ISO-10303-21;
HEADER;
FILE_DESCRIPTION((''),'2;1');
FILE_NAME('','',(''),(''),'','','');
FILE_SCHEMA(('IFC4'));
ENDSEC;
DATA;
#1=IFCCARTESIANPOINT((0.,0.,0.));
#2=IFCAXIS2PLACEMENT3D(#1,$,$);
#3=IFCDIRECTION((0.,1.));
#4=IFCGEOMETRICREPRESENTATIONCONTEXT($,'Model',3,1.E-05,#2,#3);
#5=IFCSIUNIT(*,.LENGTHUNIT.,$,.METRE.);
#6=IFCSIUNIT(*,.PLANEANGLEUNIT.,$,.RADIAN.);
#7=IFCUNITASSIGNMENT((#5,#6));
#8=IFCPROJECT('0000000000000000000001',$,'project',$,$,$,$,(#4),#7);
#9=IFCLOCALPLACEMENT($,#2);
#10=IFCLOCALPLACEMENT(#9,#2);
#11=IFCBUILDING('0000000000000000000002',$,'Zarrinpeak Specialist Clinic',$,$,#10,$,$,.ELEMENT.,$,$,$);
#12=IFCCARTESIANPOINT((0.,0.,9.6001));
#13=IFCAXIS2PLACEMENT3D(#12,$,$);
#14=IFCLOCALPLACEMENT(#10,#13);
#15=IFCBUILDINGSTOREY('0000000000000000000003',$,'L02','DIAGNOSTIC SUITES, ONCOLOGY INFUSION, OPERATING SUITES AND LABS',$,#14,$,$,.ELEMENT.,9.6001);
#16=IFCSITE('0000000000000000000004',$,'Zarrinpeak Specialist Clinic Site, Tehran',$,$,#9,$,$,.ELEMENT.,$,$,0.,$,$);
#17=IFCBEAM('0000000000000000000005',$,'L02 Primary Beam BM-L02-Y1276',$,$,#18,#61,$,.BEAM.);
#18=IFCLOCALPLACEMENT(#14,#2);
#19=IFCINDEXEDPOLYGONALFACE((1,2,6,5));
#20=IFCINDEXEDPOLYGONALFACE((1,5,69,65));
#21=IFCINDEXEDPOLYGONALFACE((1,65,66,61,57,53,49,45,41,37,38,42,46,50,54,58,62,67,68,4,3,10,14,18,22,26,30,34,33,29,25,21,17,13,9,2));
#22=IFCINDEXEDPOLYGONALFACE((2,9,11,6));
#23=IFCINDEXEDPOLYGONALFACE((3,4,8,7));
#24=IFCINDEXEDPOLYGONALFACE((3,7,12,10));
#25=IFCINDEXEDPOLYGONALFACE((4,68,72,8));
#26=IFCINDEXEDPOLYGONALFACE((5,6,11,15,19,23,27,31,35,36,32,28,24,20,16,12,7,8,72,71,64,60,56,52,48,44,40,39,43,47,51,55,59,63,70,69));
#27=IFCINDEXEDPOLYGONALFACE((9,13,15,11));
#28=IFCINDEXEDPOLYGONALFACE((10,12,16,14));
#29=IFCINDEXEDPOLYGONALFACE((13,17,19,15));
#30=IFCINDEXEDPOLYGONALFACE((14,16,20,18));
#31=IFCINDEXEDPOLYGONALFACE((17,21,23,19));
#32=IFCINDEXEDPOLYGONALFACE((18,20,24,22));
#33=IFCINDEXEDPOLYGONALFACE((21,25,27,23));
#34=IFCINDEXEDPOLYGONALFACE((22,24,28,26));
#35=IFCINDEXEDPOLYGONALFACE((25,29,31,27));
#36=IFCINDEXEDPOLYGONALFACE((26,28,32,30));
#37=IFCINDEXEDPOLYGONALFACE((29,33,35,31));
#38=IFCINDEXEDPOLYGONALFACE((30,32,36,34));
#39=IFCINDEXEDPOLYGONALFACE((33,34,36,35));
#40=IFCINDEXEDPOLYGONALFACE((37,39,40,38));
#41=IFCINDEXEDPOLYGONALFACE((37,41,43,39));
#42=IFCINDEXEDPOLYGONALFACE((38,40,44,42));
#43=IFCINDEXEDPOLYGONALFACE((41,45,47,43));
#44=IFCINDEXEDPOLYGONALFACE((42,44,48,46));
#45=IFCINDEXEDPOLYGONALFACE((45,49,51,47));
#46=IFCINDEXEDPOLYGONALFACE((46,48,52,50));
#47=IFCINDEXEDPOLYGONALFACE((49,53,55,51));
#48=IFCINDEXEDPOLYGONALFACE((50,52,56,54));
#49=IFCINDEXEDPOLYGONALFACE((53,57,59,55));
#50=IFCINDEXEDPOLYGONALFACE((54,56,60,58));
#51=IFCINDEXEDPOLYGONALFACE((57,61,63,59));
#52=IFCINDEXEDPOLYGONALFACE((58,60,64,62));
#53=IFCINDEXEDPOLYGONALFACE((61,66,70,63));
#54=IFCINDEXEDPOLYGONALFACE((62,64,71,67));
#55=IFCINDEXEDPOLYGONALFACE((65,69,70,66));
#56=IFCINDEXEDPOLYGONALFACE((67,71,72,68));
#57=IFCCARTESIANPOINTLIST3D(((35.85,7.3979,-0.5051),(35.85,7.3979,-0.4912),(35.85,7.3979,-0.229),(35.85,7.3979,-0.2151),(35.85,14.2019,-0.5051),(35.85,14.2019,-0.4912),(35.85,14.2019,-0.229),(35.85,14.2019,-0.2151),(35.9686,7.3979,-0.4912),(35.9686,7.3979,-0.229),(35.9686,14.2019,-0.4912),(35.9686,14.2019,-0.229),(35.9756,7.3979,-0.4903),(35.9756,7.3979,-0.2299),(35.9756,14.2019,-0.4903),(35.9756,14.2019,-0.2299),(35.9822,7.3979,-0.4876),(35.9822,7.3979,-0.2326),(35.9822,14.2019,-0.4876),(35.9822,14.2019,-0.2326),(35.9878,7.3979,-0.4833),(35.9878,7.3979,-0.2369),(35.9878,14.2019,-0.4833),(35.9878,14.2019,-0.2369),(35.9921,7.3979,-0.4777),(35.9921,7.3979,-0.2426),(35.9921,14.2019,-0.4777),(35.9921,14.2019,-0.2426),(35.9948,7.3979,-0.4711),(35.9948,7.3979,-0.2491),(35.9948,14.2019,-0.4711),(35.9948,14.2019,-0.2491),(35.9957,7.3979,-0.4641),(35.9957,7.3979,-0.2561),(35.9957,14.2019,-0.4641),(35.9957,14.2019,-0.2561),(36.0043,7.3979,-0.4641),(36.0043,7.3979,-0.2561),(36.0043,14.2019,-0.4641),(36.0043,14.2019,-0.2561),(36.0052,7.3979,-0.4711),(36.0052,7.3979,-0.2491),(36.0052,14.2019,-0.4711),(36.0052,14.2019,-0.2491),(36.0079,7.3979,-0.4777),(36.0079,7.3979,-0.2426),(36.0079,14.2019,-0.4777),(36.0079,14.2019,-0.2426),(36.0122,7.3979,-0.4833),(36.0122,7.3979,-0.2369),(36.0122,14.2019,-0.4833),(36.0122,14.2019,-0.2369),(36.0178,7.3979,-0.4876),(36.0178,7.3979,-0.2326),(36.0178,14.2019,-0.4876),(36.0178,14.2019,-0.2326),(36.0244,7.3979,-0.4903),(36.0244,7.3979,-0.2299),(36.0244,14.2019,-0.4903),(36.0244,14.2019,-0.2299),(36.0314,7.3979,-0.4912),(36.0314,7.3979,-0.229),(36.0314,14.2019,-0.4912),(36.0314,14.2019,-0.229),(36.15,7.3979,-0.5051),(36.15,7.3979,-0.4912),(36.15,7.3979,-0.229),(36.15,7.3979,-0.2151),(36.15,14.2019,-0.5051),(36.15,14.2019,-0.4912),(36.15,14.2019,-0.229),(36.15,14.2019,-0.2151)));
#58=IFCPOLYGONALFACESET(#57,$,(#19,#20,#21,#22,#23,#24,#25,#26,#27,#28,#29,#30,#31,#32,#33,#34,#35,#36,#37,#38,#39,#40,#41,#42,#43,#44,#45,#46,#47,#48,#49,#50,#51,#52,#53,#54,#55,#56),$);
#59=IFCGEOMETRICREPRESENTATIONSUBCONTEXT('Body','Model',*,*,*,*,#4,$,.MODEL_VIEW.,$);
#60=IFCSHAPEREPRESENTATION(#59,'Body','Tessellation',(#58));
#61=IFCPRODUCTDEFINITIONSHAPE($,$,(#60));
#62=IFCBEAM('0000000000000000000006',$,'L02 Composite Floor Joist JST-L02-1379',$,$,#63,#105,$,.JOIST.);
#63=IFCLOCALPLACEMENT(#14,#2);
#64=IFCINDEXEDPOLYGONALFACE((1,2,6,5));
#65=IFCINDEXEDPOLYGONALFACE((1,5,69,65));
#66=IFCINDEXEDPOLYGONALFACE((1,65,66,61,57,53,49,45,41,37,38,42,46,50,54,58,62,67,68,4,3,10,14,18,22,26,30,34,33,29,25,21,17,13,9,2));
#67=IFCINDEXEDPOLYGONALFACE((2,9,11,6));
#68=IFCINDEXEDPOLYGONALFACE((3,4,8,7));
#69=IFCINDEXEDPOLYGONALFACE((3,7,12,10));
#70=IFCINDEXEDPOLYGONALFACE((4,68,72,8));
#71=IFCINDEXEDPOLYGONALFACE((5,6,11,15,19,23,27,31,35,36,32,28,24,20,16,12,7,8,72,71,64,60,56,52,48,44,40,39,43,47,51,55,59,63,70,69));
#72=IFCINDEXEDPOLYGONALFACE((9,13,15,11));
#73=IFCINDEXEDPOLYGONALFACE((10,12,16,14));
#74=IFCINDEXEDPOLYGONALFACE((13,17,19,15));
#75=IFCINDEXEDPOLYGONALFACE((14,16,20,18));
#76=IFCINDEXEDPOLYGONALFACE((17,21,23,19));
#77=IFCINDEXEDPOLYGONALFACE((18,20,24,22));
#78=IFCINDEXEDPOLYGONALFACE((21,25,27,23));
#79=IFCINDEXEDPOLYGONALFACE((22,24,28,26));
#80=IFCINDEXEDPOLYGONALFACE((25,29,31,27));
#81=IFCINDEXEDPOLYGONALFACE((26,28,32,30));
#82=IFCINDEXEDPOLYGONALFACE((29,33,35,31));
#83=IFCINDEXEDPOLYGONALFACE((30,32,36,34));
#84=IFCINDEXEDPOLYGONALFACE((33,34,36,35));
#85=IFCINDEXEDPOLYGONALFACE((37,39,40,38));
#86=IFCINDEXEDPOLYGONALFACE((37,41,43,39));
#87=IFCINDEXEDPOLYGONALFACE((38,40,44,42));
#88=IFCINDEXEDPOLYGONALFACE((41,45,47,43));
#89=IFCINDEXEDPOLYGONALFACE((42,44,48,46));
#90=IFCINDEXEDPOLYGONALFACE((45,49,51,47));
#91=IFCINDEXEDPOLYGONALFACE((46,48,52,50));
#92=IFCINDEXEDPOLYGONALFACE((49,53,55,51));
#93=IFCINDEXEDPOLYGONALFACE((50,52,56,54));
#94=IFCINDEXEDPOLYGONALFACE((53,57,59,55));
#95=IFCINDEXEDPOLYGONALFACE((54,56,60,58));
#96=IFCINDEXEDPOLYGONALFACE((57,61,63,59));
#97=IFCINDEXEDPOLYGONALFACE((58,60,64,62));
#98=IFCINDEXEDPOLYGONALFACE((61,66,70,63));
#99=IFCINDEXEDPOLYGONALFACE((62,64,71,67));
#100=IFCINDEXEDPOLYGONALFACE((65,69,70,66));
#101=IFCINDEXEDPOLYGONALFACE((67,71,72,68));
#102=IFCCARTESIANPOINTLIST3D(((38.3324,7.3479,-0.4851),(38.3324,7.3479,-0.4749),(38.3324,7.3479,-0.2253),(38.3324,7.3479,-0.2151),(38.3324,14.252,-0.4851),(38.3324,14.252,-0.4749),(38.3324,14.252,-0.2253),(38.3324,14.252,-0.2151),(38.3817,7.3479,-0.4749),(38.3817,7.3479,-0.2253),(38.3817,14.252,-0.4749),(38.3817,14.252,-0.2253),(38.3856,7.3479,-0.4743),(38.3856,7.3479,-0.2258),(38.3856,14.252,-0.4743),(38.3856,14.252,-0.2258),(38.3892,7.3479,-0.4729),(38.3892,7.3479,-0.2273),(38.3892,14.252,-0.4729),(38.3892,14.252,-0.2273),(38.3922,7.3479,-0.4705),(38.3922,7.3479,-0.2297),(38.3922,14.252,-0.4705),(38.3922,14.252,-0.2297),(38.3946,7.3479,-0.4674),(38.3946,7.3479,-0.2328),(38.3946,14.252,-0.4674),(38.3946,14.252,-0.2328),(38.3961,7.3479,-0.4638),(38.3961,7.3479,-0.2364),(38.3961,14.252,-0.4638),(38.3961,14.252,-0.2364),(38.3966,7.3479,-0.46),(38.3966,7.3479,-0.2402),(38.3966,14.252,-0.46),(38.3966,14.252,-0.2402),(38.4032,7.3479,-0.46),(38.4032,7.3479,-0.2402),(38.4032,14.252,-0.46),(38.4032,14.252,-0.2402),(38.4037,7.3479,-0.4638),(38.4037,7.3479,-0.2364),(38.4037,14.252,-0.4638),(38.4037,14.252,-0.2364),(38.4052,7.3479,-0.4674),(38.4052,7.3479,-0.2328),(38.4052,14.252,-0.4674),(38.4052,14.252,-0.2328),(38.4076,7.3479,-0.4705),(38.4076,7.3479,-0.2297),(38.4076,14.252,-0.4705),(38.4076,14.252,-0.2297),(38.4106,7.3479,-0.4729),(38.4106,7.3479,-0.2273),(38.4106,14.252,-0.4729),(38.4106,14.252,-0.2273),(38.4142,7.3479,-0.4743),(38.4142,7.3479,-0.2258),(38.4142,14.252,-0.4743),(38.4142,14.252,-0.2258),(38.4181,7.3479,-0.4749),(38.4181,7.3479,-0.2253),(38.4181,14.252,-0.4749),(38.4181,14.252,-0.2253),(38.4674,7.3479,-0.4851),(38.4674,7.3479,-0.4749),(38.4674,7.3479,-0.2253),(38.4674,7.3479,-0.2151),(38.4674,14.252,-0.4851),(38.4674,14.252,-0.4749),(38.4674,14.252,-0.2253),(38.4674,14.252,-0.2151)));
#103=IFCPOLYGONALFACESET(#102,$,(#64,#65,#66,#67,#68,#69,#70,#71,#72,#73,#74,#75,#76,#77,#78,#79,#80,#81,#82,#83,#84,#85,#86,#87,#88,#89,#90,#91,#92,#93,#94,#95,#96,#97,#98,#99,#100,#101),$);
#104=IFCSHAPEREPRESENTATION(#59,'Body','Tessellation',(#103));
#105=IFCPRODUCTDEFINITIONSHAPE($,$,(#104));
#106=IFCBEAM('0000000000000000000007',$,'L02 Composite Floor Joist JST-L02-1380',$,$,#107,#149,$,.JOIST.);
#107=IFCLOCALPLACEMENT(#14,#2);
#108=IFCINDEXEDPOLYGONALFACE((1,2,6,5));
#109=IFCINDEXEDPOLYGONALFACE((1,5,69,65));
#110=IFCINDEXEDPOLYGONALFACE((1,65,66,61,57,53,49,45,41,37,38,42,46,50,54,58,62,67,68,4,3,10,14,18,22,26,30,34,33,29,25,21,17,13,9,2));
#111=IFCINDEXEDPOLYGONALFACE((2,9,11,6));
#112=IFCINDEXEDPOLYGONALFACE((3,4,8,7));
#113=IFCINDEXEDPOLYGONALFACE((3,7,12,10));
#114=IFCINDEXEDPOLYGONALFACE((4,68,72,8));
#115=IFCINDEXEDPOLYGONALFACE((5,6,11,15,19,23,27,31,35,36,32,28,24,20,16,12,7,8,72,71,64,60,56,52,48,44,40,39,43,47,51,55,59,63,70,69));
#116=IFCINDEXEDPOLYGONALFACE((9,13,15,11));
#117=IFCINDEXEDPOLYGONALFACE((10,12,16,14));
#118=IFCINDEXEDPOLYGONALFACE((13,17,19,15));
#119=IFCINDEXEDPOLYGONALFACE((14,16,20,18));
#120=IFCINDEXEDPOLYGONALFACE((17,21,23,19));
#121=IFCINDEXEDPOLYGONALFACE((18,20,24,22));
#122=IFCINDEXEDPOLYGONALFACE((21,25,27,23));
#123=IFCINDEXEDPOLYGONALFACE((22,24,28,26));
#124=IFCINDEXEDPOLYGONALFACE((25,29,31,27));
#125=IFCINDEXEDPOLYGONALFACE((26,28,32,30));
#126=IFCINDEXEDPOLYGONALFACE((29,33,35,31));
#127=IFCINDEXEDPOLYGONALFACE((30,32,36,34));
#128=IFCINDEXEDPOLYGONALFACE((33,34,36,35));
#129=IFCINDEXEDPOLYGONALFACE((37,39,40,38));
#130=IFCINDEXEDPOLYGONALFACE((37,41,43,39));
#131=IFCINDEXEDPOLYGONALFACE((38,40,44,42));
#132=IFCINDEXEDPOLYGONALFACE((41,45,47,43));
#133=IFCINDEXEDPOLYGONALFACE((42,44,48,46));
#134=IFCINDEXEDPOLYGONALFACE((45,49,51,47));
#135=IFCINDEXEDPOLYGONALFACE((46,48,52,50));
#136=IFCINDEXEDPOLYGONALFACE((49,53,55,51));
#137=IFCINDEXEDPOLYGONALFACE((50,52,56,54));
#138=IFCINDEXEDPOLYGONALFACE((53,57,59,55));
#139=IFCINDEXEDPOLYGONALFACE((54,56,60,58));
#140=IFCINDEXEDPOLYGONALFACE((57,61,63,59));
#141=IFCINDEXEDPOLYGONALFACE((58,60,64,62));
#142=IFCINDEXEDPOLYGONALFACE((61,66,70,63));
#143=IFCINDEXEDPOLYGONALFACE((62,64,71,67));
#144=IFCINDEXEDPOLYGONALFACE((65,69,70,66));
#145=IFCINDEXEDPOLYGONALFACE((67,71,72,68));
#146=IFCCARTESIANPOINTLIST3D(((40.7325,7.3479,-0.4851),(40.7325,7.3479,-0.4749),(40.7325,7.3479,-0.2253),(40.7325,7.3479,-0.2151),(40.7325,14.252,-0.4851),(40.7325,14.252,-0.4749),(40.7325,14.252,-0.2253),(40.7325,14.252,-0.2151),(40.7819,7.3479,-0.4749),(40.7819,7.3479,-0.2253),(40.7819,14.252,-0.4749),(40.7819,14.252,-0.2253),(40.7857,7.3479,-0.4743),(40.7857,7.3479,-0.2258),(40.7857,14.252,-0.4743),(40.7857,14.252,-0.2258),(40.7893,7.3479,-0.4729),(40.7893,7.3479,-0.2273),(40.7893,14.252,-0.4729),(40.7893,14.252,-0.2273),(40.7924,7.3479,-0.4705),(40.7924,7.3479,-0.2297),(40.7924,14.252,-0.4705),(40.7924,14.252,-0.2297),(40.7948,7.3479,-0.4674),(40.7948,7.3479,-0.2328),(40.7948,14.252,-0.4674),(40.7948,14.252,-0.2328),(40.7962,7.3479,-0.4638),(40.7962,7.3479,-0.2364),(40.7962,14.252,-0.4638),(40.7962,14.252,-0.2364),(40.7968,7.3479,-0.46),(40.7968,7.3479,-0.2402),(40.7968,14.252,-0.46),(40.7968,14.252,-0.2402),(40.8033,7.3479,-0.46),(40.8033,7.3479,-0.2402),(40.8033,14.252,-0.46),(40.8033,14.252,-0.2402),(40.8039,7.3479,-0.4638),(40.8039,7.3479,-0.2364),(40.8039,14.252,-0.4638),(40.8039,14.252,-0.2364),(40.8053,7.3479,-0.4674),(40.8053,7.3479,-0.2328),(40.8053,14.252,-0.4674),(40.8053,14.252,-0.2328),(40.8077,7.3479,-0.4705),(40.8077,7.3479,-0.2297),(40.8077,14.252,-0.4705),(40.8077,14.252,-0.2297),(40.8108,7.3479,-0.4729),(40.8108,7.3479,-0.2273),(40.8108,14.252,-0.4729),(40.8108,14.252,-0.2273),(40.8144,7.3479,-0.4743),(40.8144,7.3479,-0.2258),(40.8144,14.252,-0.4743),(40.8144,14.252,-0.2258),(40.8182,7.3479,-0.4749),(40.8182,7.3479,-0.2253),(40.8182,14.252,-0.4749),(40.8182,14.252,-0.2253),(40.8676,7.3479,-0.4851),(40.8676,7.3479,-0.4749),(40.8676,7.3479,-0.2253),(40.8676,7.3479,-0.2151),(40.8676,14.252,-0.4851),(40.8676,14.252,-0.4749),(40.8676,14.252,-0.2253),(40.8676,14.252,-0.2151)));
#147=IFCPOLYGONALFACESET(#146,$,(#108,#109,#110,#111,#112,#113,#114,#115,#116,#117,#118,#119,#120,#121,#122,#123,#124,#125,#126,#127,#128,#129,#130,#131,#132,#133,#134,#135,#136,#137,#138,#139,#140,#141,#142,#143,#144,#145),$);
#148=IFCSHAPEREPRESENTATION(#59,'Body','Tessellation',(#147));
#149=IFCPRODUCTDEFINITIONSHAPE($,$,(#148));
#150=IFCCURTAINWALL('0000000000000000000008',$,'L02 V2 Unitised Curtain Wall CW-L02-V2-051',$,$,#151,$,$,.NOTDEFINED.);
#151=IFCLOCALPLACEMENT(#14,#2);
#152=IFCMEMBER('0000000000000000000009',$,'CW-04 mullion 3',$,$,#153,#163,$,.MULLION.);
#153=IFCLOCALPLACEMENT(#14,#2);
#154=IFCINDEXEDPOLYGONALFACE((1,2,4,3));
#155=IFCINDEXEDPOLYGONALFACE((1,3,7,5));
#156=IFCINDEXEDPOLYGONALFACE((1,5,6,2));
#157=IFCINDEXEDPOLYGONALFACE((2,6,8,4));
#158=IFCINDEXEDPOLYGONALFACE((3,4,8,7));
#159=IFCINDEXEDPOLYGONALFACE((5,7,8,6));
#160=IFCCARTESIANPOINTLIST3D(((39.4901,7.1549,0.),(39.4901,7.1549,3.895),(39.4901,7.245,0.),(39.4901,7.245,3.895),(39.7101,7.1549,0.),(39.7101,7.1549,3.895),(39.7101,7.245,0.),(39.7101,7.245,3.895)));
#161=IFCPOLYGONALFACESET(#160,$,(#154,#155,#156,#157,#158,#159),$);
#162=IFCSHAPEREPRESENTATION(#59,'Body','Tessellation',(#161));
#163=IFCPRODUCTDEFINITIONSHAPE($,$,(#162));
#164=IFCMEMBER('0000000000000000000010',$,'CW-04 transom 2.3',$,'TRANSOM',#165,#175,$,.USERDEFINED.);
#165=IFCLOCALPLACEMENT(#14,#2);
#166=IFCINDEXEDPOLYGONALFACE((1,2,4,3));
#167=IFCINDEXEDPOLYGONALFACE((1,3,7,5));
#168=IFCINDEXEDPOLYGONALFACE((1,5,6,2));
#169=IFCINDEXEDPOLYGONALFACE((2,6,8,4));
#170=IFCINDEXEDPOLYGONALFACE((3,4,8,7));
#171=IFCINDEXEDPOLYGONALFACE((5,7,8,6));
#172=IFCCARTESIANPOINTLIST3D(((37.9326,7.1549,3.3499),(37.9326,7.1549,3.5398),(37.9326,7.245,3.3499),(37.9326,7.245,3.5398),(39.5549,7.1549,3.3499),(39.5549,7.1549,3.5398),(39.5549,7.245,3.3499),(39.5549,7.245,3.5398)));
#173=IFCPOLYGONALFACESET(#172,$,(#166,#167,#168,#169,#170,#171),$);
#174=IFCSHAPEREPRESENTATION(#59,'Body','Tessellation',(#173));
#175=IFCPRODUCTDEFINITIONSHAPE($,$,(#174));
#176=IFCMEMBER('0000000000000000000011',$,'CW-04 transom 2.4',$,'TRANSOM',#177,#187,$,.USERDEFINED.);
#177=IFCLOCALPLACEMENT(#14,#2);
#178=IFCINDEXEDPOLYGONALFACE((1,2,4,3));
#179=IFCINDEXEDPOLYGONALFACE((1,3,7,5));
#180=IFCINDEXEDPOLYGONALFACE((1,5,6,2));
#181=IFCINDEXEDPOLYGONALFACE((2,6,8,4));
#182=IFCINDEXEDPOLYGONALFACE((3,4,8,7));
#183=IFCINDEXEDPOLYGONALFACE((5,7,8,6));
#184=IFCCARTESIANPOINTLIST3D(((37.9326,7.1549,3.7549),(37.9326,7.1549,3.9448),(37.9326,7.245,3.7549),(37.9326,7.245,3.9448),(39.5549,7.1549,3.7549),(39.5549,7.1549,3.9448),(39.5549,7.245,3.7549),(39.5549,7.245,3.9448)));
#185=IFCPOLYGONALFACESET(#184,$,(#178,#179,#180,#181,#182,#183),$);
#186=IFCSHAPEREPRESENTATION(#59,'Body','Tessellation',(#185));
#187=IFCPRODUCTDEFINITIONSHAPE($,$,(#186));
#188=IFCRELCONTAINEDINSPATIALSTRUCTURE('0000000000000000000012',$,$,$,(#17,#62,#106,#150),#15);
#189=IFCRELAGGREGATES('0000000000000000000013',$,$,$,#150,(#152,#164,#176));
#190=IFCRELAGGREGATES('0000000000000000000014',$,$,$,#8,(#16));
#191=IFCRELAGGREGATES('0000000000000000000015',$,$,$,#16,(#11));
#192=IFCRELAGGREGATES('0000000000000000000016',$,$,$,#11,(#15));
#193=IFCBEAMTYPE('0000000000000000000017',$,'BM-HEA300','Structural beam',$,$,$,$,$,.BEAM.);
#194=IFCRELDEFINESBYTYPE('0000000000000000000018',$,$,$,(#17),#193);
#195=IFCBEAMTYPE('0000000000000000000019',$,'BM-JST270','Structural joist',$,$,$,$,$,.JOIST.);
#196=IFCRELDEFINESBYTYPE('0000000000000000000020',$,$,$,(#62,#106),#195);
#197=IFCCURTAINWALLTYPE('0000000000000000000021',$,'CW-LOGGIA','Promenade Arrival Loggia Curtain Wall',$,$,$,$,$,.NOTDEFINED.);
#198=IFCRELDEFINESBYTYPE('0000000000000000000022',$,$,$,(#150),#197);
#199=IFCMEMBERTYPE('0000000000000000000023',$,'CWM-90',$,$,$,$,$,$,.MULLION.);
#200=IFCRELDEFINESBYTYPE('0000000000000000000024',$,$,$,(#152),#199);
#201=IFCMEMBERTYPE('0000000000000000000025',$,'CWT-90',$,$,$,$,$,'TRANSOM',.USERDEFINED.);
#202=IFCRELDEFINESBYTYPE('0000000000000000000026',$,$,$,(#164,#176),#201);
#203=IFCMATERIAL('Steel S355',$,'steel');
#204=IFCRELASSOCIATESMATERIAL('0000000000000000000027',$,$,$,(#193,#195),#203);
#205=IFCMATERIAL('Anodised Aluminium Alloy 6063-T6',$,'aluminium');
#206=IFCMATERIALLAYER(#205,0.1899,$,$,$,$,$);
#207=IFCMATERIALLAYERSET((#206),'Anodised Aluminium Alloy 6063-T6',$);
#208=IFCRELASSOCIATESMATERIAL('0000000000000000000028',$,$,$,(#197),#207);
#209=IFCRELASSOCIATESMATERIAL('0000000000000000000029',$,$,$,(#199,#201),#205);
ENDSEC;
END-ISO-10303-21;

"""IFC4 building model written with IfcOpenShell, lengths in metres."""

from ifc_helpers import new_model, si_unit, direction, frame, origin, origin_2d, place, context, subcontext, project, spatial, rectangle, i_section, extrude, material, layer, layer_set, material_profile, profile_set, type_object, element, aggregate, save


model = new_model("IFC4")

# Units and contexts
model_context = context("Model", 3, precision=1e-05, world=origin(), true_north=direction((0.0, 1.0)))
body_context = subcontext(model_context, "Body", "Model", "MODEL_VIEW")
ifc_project = project(units=[si_unit("LENGTHUNIT", "METRE"), si_unit("PLANEANGLEUNIT", "RADIAN")], contexts=[model_context])

# Site, building, storey
site_placement = place(None, origin())
site = spatial("IfcSite", under=ifc_project, at=site_placement, Name="Zarrinpeak Specialist Clinic Site, Tehran", CompositionType="ELEMENT", RefElevation=0.0)
building_placement = place(site_placement, origin())
building = spatial("IfcBuilding", under=site, at=building_placement, Name="Zarrinpeak Specialist Clinic", CompositionType="ELEMENT")
storey_placement = place(building_placement, frame((0.0, 0.0, 9.6001)))
storey = spatial("IfcBuildingStorey", under=building, at=storey_placement, Name="L02", Description="DIAGNOSTIC SUITES, ONCOLOGY INFUSION, OPERATING SUITES AND LABS", CompositionType="ELEMENT", Elevation=9.6001)

# Beams
ifc_material_1 = material(Name="Steel S355", Category="steel")
ifc_material_profile_1 = material_profile(ifc_material_1, i_section(OverallWidth=0.3, OverallDepth=0.29, WebThickness=0.0085, FlangeThickness=0.0139, FilletRadius=0.0271, at=origin_2d()), Name="HEA 300")
ifc_profile_set_1 = profile_set([ifc_material_profile_1], Name="Steel S355")
beam_type_1 = type_object("IfcBeamType", Name="BM-HEA300", Description="Structural beam", PredefinedType="BEAM", material=ifc_profile_set_1)
beam_placement = place(storey_placement, frame((36.0, 7.3979, -0.3601), z_axis=(0.0, 1.0, 0.0), x_axis=(-1.0, 0.0, 0.0)))
element("IfcBeam", 1, at=beam_placement, inside=storey, type_object=beam_type_1, Name="L02 Primary Beam BM-L02-Y1276", PredefinedType="BEAM", context=body_context, shape_type="SweptSolid", body=[
    extrude(i_section(OverallWidth=0.3, OverallDepth=0.29, WebThickness=0.0085, FlangeThickness=0.0139, FilletRadius=0.0271, at=origin_2d()), origin(), (0.0, 0.0, 1.0), 6.804),
])
ifc_material_profile_2 = material_profile(ifc_material_1, i_section(OverallWidth=0.135, OverallDepth=0.27, WebThickness=0.0066, FlangeThickness=0.0103, FilletRadius=0.0149, at=origin_2d()), Name="IPE 270")
ifc_profile_set_2 = profile_set([ifc_material_profile_2], Name="Steel S355")
beam_type_2 = type_object("IfcBeamType", Name="BM-JST270", Description="Structural joist", PredefinedType="JOIST", material=ifc_profile_set_2)
for number, where, z_axis, x_axis, name in (
    (2, (38.3999, 7.3479, -0.3501), (0.0, 1.0, 0.0), (-1.0, 0.0, 0.0), "L02 Composite Floor Joist JST-L02-1379"),
    (3, (40.8, 7.3479, -0.3501), (0.0, 1.0, 0.0), (-1.0, 0.0, 0.0), "L02 Composite Floor Joist JST-L02-1380"),
):
    element("IfcBeam", number, at=place(storey_placement, frame(where, z_axis=z_axis, x_axis=x_axis)), inside=storey, type_object=beam_type_2, Name=name, PredefinedType="JOIST", context=body_context, shape_type="SweptSolid", body=[
        extrude(i_section(OverallWidth=0.135, OverallDepth=0.27, WebThickness=0.0066, FlangeThickness=0.0103, FilletRadius=0.0149, at=origin_2d()), origin(), (0.0, 0.0, 1.0), 6.9041),
    ])

# Curtain wall, members
ifc_material_2 = material(Name="Anodised Aluminium Alloy 6063-T6", Category="aluminium")
ifc_layer_1 = layer(ifc_material_2, 0.1899)
ifc_layer_set_1 = layer_set([ifc_layer_1], Name="Anodised Aluminium Alloy 6063-T6")
curtain_wall_type = type_object("IfcCurtainWallType", Name="CW-LOGGIA", Description="Promenade Arrival Loggia Curtain Wall", PredefinedType="NOTDEFINED", material=ifc_layer_set_1)
curtain_wall_placement = place(storey_placement, origin())
curtain_wall = element("IfcCurtainWall", 4, at=curtain_wall_placement, inside=storey, type_object=curtain_wall_type, Name="L02 V2 Unitised Curtain Wall CW-L02-V2-051", PredefinedType="NOTDEFINED")
ifc_material_profile_3 = material_profile(ifc_material_2, rectangle(XDim=0.0901, YDim=0.22, at=origin_2d()), Name="ALU 90x220")
ifc_profile_set_3 = profile_set([ifc_material_profile_3], Name="Anodised Aluminium Alloy 6063-T6")
member_type_1 = type_object("IfcMemberType", Name="CWM-90", PredefinedType="MULLION", material=ifc_profile_set_3)
member_1_placement = place(storey_placement, frame((39.6001, 7.2, 0.0), z_axis=(0.0, 0.0, 1.0), x_axis=(0.0, 1.0, 0.0)))
member_1 = element("IfcMember", 5, at=member_1_placement, type_object=member_type_1, Name="CW-04 mullion 3", PredefinedType="MULLION", context=body_context, shape_type="SweptSolid", body=[
    extrude(rectangle(XDim=0.0901, YDim=0.22, at=origin_2d()), origin(), (0.0, 0.0, 1.0), 3.895),
])
ifc_material_profile_4 = material_profile(ifc_material_2, rectangle(XDim=0.0901, YDim=0.1899, at=origin_2d()), Name="ALU 90x190")
ifc_profile_set_4 = profile_set([ifc_material_profile_4], Name="Anodised Aluminium Alloy 6063-T6")
member_type_2 = type_object("IfcMemberType", Name="CWT-90", ElementType="TRANSOM", PredefinedType="USERDEFINED", material=ifc_profile_set_4)
member_2_placement = place(storey_placement, frame((37.9326, 7.2, 3.4448), z_axis=(1.0, 0.0, 0.0), x_axis=(0.0, 1.0, 0.0)))
member_2 = element("IfcMember", 6, at=member_2_placement, type_object=member_type_2, Name="CW-04 transom 2.3", ObjectType="TRANSOM", PredefinedType="USERDEFINED", context=body_context, shape_type="SweptSolid", body=[
    extrude(rectangle(XDim=0.0901, YDim=0.1899, at=origin_2d()), origin(), (0.0, 0.0, 1.0), 1.6223),
])
member_3_placement = place(storey_placement, frame((37.9326, 7.2, 3.8499), z_axis=(1.0, 0.0, 0.0), x_axis=(0.0, 1.0, 0.0)))
member_3 = element("IfcMember", 7, at=member_3_placement, type_object=member_type_2, Name="CW-04 transom 2.4", ObjectType="TRANSOM", PredefinedType="USERDEFINED", context=body_context, shape_type="SweptSolid", body=[
    extrude(rectangle(XDim=0.0901, YDim=0.1899, at=origin_2d()), origin(), (0.0, 0.0, 1.0), 1.6223),
])
aggregate(curtain_wall, [member_1, member_2, member_3])

save(model, "model.ifc")
